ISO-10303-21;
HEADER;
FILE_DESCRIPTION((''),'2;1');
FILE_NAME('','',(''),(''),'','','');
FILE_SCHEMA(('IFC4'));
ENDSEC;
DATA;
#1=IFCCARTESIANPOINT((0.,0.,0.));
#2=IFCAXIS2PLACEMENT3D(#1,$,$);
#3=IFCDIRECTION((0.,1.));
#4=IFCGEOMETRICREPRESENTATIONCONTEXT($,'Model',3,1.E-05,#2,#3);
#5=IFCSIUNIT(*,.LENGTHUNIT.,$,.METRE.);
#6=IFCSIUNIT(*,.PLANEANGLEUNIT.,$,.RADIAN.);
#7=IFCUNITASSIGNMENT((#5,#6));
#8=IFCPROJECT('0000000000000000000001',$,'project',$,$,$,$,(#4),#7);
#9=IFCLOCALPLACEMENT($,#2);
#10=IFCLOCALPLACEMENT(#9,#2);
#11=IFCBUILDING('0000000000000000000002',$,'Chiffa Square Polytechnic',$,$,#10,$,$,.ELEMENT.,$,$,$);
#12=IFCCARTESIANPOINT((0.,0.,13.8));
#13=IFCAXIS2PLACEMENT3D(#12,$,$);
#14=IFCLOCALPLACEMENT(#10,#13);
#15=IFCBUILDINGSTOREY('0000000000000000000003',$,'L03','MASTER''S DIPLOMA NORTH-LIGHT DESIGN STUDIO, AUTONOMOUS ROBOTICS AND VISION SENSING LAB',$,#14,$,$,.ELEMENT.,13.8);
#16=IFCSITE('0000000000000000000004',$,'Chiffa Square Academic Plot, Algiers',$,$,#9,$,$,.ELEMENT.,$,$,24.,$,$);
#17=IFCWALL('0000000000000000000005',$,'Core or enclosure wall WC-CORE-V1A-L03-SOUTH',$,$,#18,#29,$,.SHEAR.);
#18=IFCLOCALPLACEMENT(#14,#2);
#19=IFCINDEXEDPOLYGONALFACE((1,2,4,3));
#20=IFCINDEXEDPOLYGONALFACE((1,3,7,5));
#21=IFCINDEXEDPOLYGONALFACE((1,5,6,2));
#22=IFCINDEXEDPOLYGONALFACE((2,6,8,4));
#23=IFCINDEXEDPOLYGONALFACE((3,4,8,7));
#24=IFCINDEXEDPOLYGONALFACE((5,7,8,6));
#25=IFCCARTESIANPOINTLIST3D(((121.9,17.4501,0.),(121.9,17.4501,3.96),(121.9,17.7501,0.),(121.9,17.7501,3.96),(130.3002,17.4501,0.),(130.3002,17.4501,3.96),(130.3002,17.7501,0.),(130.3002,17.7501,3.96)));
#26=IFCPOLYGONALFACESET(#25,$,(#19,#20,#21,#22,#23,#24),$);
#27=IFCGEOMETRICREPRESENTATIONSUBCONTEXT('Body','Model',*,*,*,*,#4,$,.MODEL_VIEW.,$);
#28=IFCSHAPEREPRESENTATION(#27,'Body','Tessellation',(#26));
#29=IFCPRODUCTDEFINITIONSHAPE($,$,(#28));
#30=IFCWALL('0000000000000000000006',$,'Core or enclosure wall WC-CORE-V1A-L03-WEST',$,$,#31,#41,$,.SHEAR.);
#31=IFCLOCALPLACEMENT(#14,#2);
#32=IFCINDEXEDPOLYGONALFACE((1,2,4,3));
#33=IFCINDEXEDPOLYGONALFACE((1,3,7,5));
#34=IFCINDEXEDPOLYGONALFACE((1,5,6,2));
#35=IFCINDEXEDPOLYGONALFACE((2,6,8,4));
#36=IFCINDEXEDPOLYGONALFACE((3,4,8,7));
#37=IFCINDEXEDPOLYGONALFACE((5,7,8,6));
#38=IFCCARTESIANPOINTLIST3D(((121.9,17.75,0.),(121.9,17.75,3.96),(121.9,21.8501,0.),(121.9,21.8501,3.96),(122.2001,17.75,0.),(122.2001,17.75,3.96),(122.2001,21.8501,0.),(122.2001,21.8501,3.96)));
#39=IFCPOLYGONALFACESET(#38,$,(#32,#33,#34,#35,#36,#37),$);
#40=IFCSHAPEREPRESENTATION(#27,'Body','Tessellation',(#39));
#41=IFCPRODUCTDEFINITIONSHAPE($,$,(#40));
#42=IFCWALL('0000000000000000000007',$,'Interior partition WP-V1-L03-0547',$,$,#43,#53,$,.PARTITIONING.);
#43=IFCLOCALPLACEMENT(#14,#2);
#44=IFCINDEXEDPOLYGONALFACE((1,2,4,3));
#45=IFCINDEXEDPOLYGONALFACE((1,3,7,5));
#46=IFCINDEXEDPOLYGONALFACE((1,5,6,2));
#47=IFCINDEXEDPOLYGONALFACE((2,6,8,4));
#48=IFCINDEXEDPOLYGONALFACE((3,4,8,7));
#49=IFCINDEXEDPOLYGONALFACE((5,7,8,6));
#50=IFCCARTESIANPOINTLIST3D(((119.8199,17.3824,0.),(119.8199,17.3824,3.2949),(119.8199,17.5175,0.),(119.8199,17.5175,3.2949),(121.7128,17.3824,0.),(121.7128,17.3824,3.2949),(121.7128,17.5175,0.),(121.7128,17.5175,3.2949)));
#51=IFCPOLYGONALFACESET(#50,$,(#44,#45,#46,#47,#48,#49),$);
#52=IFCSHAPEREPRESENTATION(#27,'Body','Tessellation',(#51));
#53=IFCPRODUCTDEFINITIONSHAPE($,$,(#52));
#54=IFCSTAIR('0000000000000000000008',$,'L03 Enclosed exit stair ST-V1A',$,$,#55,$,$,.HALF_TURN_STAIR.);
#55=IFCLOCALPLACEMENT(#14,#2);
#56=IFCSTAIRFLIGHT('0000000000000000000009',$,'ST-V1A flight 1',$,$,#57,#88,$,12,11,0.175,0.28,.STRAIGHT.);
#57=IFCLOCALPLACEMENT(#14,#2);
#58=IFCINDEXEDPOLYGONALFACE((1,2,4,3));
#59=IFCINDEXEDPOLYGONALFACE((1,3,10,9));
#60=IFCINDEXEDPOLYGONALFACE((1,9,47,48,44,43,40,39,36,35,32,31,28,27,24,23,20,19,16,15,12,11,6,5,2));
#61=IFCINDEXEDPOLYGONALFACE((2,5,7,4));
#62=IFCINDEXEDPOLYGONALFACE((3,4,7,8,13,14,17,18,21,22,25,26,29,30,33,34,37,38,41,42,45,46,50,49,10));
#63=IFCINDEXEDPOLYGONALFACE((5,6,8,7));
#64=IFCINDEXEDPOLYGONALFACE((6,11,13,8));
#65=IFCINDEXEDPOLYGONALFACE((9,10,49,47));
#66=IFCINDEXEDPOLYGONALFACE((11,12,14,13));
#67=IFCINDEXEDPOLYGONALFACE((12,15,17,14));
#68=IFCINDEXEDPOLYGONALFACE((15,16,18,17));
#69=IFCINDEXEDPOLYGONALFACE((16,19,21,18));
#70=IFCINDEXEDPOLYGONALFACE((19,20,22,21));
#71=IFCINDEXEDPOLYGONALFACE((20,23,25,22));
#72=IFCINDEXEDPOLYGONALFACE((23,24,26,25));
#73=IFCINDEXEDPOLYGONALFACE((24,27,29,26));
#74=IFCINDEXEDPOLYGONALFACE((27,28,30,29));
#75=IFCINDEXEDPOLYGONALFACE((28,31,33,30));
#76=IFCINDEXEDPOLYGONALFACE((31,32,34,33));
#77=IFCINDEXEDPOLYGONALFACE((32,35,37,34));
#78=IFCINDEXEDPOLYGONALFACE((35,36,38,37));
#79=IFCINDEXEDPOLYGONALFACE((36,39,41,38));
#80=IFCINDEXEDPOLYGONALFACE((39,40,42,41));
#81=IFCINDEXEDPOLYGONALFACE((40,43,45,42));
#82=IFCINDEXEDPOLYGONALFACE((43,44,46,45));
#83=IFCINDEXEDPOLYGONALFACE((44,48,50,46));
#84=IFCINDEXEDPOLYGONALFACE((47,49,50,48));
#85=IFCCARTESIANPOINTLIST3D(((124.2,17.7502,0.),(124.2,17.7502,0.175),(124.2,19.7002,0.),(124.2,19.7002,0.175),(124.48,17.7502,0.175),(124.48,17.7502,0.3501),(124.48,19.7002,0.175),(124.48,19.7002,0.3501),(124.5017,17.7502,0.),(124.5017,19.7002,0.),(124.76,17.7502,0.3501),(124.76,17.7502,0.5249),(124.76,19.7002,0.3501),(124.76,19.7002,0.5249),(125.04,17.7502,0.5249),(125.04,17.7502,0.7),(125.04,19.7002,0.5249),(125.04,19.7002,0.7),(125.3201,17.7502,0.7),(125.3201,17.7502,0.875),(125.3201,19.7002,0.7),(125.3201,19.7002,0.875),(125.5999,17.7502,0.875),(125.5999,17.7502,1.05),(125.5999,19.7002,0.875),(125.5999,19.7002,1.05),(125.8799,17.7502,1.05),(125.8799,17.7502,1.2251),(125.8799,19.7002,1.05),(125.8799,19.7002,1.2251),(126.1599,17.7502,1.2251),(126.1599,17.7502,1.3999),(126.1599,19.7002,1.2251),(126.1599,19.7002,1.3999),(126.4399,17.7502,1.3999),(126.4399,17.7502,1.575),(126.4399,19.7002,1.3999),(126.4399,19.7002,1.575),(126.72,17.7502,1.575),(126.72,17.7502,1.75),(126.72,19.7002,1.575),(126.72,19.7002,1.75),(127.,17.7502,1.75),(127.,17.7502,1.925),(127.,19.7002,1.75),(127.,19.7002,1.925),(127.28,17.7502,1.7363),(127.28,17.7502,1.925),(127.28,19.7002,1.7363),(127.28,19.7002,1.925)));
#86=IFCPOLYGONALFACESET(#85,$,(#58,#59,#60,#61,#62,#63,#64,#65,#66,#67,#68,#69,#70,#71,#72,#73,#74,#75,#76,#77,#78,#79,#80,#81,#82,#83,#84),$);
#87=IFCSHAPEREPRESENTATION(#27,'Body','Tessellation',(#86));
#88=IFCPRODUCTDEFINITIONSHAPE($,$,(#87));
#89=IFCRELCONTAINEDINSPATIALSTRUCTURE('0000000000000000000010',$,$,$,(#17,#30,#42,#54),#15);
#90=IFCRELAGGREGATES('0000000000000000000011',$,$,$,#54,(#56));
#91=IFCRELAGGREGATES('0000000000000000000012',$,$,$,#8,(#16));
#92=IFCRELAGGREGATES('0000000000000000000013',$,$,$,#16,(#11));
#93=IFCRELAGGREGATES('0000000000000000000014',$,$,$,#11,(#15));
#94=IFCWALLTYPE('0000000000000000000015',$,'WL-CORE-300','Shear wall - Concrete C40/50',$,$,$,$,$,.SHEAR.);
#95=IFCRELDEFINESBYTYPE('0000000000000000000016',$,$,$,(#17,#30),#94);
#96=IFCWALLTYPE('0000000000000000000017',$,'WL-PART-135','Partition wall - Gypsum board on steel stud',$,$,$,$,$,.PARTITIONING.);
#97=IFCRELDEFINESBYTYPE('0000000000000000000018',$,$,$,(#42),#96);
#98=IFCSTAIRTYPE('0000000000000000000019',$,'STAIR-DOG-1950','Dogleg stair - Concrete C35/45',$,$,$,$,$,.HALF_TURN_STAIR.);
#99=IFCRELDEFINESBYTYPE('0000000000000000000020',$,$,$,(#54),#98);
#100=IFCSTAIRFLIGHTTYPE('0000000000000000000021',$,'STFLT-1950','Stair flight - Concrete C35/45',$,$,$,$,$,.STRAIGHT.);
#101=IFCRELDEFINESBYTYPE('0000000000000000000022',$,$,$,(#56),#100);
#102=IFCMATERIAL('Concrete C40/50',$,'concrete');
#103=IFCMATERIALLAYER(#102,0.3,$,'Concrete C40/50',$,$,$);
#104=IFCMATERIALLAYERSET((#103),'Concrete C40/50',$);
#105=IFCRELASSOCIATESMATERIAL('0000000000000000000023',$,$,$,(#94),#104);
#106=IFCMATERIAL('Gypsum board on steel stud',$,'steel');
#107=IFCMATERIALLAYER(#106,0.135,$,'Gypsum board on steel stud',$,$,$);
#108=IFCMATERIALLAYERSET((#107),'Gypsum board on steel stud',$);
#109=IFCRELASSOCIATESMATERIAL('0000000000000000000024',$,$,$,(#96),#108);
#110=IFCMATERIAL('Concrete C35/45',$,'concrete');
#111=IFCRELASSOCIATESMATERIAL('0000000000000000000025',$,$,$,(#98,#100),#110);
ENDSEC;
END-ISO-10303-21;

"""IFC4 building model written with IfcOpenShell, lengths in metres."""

from ifc_helpers import new_model, si_unit, direction, frame, frame_2d, origin, place, context, subcontext, project, spatial, polyline, rectangle, outline, extrude, material, layer, layer_set, type_object, element, aggregate, save


model = new_model("IFC4")

# Units and contexts
model_context = context("Model", 3, precision=1e-05, world=origin(), true_north=direction((0.0, 1.0)))
body_context = subcontext(model_context, "Body", "Model", "MODEL_VIEW")
ifc_project = project(units=[si_unit("LENGTHUNIT", "METRE"), si_unit("PLANEANGLEUNIT", "RADIAN")], contexts=[model_context])

# Site, building, storey
site_placement = place(None, origin())
site = spatial("IfcSite", under=ifc_project, at=site_placement, Name="Chiffa Square Academic Plot, Algiers", CompositionType="ELEMENT", RefElevation=24.0)
building_placement = place(site_placement, origin())
building = spatial("IfcBuilding", under=site, at=building_placement, Name="Chiffa Square Polytechnic", CompositionType="ELEMENT")
storey_placement = place(building_placement, frame((0.0, 0.0, 13.8)))
storey = spatial("IfcBuildingStorey", under=building, at=storey_placement, Name="L03", Description="MASTER'S DIPLOMA NORTH-LIGHT DESIGN STUDIO, AUTONOMOUS ROBOTICS AND VISION SENSING LAB", CompositionType="ELEMENT", Elevation=13.8)

# Walls
ifc_material_1 = material(Name="Concrete C40/50", Category="concrete")
ifc_layer_1 = layer(ifc_material_1, 0.3, Name="Concrete C40/50")
ifc_layer_set_1 = layer_set([ifc_layer_1], Name="Concrete C40/50")
wall_type_1 = type_object("IfcWallType", Name="WL-CORE-300", Description="Shear wall - Concrete C40/50", PredefinedType="SHEAR", material=ifc_layer_set_1)
wall_1_placement = place(storey_placement, frame((121.8999, 17.6001, 0.0), z_axis=(0.0, 0.0, 1.0), x_axis=(1.0, 0.0, 0.0)))
element("IfcWall", 1, at=wall_1_placement, inside=storey, type_object=wall_type_1, Name="Core or enclosure wall WC-CORE-V1A-L03-SOUTH", PredefinedType="SHEAR", context=body_context, shape_type="SweptSolid", body=[
    extrude(rectangle(XDim=8.4001, YDim=0.3, at=frame_2d((4.2002, 0.0))), origin(), (0.0, 0.0, 1.0), 3.96),
])
wall_2_placement = place(storey_placement, frame((122.05, 17.75, 0.0), z_axis=(0.0, 0.0, 1.0), x_axis=(0.0, 1.0, 0.0)))
element("IfcWall", 2, at=wall_2_placement, inside=storey, type_object=wall_type_1, Name="Core or enclosure wall WC-CORE-V1A-L03-WEST", PredefinedType="SHEAR", context=body_context, shape_type="SweptSolid", body=[
    extrude(rectangle(XDim=4.1001, YDim=0.3, at=frame_2d((2.05, 0.0))), origin(), (0.0, 0.0, 1.0), 3.96),
])
ifc_material_2 = material(Name="Gypsum board on steel stud", Category="steel")
ifc_layer_2 = layer(ifc_material_2, 0.135, Name="Gypsum board on steel stud")
ifc_layer_set_2 = layer_set([ifc_layer_2], Name="Gypsum board on steel stud")
wall_type_2 = type_object("IfcWallType", Name="WL-PART-135", Description="Partition wall - Gypsum board on steel stud", PredefinedType="PARTITIONING", material=ifc_layer_set_2)
wall_3_placement = place(storey_placement, frame((119.8201, 17.45, 0.0), z_axis=(0.0, 0.0, 1.0), x_axis=(1.0, 0.0, 0.0)))
element("IfcWall", 3, at=wall_3_placement, inside=storey, type_object=wall_type_2, Name="Interior partition WP-V1-L03-0547", PredefinedType="PARTITIONING", context=body_context, shape_type="SweptSolid", body=[
    extrude(rectangle(XDim=1.8928, YDim=0.135, at=frame_2d((0.9463, 0.0))), origin(), (0.0, 0.0, 1.0), 3.2949),
])

# Stair, stair flight
ifc_material_3 = material(Name="Concrete C35/45", Category="concrete")
stair_type = type_object("IfcStairType", Name="STAIR-DOG-1950", Description="Dogleg stair - Concrete C35/45", PredefinedType="HALF_TURN_STAIR", material=ifc_material_3)
stair_placement = place(storey_placement, origin())
stair = element("IfcStair", 4, at=stair_placement, inside=storey, type_object=stair_type, Name="L03 Enclosed exit stair ST-V1A", PredefinedType="HALF_TURN_STAIR")
stair_flight_type = type_object("IfcStairFlightType", Name="STFLT-1950", Description="Stair flight - Concrete C35/45", PredefinedType="STRAIGHT", material=ifc_material_3)
stair_flight_placement = place(storey_placement, frame((124.2, 18.7251, 0.0), z_axis=(0.0, 0.0, 1.0), x_axis=(1.0, 0.0, 0.0)))
stair_flight = element("IfcStairFlight", 5, at=stair_flight_placement, type_object=stair_flight_type, Name="ST-V1A flight 1", NumberOfRisers=12, NumberOfTreads=11, PredefinedType="STRAIGHT", RiserHeight=0.175, TreadLength=0.28, context=body_context, shape_type="SweptSolid", body=[
    extrude(outline(polyline([(0.0, 0.0), (0.0, 0.175), (0.28, 0.175), (0.28, 0.3501), (0.5601, 0.3501), (0.5601, 0.5249), (0.8401, 0.5249), (0.8401, 0.7), (1.1201, 0.7), (1.1201, 0.875), (1.3999, 0.875), (1.3999, 1.05), (1.6799, 1.05), (1.6799, 1.2251), (1.96, 1.2251), (1.96, 1.3999), (2.24, 1.3999), (2.24, 1.575), (2.52, 1.575), (2.52, 1.75), (2.8, 1.75), (2.8, 1.925), (3.0801, 1.925), (3.0801, 2.1001), (3.0801, 1.7363), (0.3018, 0.0), (0.0, 0.0)])), frame((0.0, 0.9751, 0.0), z_axis=(0.0, -1.0, 0.0), x_axis=(1.0, 0.0, 0.0)), (0.0, 0.0, 1.0), 1.95),
])
aggregate(stair, [stair_flight])

save(model, "model.ifc")
